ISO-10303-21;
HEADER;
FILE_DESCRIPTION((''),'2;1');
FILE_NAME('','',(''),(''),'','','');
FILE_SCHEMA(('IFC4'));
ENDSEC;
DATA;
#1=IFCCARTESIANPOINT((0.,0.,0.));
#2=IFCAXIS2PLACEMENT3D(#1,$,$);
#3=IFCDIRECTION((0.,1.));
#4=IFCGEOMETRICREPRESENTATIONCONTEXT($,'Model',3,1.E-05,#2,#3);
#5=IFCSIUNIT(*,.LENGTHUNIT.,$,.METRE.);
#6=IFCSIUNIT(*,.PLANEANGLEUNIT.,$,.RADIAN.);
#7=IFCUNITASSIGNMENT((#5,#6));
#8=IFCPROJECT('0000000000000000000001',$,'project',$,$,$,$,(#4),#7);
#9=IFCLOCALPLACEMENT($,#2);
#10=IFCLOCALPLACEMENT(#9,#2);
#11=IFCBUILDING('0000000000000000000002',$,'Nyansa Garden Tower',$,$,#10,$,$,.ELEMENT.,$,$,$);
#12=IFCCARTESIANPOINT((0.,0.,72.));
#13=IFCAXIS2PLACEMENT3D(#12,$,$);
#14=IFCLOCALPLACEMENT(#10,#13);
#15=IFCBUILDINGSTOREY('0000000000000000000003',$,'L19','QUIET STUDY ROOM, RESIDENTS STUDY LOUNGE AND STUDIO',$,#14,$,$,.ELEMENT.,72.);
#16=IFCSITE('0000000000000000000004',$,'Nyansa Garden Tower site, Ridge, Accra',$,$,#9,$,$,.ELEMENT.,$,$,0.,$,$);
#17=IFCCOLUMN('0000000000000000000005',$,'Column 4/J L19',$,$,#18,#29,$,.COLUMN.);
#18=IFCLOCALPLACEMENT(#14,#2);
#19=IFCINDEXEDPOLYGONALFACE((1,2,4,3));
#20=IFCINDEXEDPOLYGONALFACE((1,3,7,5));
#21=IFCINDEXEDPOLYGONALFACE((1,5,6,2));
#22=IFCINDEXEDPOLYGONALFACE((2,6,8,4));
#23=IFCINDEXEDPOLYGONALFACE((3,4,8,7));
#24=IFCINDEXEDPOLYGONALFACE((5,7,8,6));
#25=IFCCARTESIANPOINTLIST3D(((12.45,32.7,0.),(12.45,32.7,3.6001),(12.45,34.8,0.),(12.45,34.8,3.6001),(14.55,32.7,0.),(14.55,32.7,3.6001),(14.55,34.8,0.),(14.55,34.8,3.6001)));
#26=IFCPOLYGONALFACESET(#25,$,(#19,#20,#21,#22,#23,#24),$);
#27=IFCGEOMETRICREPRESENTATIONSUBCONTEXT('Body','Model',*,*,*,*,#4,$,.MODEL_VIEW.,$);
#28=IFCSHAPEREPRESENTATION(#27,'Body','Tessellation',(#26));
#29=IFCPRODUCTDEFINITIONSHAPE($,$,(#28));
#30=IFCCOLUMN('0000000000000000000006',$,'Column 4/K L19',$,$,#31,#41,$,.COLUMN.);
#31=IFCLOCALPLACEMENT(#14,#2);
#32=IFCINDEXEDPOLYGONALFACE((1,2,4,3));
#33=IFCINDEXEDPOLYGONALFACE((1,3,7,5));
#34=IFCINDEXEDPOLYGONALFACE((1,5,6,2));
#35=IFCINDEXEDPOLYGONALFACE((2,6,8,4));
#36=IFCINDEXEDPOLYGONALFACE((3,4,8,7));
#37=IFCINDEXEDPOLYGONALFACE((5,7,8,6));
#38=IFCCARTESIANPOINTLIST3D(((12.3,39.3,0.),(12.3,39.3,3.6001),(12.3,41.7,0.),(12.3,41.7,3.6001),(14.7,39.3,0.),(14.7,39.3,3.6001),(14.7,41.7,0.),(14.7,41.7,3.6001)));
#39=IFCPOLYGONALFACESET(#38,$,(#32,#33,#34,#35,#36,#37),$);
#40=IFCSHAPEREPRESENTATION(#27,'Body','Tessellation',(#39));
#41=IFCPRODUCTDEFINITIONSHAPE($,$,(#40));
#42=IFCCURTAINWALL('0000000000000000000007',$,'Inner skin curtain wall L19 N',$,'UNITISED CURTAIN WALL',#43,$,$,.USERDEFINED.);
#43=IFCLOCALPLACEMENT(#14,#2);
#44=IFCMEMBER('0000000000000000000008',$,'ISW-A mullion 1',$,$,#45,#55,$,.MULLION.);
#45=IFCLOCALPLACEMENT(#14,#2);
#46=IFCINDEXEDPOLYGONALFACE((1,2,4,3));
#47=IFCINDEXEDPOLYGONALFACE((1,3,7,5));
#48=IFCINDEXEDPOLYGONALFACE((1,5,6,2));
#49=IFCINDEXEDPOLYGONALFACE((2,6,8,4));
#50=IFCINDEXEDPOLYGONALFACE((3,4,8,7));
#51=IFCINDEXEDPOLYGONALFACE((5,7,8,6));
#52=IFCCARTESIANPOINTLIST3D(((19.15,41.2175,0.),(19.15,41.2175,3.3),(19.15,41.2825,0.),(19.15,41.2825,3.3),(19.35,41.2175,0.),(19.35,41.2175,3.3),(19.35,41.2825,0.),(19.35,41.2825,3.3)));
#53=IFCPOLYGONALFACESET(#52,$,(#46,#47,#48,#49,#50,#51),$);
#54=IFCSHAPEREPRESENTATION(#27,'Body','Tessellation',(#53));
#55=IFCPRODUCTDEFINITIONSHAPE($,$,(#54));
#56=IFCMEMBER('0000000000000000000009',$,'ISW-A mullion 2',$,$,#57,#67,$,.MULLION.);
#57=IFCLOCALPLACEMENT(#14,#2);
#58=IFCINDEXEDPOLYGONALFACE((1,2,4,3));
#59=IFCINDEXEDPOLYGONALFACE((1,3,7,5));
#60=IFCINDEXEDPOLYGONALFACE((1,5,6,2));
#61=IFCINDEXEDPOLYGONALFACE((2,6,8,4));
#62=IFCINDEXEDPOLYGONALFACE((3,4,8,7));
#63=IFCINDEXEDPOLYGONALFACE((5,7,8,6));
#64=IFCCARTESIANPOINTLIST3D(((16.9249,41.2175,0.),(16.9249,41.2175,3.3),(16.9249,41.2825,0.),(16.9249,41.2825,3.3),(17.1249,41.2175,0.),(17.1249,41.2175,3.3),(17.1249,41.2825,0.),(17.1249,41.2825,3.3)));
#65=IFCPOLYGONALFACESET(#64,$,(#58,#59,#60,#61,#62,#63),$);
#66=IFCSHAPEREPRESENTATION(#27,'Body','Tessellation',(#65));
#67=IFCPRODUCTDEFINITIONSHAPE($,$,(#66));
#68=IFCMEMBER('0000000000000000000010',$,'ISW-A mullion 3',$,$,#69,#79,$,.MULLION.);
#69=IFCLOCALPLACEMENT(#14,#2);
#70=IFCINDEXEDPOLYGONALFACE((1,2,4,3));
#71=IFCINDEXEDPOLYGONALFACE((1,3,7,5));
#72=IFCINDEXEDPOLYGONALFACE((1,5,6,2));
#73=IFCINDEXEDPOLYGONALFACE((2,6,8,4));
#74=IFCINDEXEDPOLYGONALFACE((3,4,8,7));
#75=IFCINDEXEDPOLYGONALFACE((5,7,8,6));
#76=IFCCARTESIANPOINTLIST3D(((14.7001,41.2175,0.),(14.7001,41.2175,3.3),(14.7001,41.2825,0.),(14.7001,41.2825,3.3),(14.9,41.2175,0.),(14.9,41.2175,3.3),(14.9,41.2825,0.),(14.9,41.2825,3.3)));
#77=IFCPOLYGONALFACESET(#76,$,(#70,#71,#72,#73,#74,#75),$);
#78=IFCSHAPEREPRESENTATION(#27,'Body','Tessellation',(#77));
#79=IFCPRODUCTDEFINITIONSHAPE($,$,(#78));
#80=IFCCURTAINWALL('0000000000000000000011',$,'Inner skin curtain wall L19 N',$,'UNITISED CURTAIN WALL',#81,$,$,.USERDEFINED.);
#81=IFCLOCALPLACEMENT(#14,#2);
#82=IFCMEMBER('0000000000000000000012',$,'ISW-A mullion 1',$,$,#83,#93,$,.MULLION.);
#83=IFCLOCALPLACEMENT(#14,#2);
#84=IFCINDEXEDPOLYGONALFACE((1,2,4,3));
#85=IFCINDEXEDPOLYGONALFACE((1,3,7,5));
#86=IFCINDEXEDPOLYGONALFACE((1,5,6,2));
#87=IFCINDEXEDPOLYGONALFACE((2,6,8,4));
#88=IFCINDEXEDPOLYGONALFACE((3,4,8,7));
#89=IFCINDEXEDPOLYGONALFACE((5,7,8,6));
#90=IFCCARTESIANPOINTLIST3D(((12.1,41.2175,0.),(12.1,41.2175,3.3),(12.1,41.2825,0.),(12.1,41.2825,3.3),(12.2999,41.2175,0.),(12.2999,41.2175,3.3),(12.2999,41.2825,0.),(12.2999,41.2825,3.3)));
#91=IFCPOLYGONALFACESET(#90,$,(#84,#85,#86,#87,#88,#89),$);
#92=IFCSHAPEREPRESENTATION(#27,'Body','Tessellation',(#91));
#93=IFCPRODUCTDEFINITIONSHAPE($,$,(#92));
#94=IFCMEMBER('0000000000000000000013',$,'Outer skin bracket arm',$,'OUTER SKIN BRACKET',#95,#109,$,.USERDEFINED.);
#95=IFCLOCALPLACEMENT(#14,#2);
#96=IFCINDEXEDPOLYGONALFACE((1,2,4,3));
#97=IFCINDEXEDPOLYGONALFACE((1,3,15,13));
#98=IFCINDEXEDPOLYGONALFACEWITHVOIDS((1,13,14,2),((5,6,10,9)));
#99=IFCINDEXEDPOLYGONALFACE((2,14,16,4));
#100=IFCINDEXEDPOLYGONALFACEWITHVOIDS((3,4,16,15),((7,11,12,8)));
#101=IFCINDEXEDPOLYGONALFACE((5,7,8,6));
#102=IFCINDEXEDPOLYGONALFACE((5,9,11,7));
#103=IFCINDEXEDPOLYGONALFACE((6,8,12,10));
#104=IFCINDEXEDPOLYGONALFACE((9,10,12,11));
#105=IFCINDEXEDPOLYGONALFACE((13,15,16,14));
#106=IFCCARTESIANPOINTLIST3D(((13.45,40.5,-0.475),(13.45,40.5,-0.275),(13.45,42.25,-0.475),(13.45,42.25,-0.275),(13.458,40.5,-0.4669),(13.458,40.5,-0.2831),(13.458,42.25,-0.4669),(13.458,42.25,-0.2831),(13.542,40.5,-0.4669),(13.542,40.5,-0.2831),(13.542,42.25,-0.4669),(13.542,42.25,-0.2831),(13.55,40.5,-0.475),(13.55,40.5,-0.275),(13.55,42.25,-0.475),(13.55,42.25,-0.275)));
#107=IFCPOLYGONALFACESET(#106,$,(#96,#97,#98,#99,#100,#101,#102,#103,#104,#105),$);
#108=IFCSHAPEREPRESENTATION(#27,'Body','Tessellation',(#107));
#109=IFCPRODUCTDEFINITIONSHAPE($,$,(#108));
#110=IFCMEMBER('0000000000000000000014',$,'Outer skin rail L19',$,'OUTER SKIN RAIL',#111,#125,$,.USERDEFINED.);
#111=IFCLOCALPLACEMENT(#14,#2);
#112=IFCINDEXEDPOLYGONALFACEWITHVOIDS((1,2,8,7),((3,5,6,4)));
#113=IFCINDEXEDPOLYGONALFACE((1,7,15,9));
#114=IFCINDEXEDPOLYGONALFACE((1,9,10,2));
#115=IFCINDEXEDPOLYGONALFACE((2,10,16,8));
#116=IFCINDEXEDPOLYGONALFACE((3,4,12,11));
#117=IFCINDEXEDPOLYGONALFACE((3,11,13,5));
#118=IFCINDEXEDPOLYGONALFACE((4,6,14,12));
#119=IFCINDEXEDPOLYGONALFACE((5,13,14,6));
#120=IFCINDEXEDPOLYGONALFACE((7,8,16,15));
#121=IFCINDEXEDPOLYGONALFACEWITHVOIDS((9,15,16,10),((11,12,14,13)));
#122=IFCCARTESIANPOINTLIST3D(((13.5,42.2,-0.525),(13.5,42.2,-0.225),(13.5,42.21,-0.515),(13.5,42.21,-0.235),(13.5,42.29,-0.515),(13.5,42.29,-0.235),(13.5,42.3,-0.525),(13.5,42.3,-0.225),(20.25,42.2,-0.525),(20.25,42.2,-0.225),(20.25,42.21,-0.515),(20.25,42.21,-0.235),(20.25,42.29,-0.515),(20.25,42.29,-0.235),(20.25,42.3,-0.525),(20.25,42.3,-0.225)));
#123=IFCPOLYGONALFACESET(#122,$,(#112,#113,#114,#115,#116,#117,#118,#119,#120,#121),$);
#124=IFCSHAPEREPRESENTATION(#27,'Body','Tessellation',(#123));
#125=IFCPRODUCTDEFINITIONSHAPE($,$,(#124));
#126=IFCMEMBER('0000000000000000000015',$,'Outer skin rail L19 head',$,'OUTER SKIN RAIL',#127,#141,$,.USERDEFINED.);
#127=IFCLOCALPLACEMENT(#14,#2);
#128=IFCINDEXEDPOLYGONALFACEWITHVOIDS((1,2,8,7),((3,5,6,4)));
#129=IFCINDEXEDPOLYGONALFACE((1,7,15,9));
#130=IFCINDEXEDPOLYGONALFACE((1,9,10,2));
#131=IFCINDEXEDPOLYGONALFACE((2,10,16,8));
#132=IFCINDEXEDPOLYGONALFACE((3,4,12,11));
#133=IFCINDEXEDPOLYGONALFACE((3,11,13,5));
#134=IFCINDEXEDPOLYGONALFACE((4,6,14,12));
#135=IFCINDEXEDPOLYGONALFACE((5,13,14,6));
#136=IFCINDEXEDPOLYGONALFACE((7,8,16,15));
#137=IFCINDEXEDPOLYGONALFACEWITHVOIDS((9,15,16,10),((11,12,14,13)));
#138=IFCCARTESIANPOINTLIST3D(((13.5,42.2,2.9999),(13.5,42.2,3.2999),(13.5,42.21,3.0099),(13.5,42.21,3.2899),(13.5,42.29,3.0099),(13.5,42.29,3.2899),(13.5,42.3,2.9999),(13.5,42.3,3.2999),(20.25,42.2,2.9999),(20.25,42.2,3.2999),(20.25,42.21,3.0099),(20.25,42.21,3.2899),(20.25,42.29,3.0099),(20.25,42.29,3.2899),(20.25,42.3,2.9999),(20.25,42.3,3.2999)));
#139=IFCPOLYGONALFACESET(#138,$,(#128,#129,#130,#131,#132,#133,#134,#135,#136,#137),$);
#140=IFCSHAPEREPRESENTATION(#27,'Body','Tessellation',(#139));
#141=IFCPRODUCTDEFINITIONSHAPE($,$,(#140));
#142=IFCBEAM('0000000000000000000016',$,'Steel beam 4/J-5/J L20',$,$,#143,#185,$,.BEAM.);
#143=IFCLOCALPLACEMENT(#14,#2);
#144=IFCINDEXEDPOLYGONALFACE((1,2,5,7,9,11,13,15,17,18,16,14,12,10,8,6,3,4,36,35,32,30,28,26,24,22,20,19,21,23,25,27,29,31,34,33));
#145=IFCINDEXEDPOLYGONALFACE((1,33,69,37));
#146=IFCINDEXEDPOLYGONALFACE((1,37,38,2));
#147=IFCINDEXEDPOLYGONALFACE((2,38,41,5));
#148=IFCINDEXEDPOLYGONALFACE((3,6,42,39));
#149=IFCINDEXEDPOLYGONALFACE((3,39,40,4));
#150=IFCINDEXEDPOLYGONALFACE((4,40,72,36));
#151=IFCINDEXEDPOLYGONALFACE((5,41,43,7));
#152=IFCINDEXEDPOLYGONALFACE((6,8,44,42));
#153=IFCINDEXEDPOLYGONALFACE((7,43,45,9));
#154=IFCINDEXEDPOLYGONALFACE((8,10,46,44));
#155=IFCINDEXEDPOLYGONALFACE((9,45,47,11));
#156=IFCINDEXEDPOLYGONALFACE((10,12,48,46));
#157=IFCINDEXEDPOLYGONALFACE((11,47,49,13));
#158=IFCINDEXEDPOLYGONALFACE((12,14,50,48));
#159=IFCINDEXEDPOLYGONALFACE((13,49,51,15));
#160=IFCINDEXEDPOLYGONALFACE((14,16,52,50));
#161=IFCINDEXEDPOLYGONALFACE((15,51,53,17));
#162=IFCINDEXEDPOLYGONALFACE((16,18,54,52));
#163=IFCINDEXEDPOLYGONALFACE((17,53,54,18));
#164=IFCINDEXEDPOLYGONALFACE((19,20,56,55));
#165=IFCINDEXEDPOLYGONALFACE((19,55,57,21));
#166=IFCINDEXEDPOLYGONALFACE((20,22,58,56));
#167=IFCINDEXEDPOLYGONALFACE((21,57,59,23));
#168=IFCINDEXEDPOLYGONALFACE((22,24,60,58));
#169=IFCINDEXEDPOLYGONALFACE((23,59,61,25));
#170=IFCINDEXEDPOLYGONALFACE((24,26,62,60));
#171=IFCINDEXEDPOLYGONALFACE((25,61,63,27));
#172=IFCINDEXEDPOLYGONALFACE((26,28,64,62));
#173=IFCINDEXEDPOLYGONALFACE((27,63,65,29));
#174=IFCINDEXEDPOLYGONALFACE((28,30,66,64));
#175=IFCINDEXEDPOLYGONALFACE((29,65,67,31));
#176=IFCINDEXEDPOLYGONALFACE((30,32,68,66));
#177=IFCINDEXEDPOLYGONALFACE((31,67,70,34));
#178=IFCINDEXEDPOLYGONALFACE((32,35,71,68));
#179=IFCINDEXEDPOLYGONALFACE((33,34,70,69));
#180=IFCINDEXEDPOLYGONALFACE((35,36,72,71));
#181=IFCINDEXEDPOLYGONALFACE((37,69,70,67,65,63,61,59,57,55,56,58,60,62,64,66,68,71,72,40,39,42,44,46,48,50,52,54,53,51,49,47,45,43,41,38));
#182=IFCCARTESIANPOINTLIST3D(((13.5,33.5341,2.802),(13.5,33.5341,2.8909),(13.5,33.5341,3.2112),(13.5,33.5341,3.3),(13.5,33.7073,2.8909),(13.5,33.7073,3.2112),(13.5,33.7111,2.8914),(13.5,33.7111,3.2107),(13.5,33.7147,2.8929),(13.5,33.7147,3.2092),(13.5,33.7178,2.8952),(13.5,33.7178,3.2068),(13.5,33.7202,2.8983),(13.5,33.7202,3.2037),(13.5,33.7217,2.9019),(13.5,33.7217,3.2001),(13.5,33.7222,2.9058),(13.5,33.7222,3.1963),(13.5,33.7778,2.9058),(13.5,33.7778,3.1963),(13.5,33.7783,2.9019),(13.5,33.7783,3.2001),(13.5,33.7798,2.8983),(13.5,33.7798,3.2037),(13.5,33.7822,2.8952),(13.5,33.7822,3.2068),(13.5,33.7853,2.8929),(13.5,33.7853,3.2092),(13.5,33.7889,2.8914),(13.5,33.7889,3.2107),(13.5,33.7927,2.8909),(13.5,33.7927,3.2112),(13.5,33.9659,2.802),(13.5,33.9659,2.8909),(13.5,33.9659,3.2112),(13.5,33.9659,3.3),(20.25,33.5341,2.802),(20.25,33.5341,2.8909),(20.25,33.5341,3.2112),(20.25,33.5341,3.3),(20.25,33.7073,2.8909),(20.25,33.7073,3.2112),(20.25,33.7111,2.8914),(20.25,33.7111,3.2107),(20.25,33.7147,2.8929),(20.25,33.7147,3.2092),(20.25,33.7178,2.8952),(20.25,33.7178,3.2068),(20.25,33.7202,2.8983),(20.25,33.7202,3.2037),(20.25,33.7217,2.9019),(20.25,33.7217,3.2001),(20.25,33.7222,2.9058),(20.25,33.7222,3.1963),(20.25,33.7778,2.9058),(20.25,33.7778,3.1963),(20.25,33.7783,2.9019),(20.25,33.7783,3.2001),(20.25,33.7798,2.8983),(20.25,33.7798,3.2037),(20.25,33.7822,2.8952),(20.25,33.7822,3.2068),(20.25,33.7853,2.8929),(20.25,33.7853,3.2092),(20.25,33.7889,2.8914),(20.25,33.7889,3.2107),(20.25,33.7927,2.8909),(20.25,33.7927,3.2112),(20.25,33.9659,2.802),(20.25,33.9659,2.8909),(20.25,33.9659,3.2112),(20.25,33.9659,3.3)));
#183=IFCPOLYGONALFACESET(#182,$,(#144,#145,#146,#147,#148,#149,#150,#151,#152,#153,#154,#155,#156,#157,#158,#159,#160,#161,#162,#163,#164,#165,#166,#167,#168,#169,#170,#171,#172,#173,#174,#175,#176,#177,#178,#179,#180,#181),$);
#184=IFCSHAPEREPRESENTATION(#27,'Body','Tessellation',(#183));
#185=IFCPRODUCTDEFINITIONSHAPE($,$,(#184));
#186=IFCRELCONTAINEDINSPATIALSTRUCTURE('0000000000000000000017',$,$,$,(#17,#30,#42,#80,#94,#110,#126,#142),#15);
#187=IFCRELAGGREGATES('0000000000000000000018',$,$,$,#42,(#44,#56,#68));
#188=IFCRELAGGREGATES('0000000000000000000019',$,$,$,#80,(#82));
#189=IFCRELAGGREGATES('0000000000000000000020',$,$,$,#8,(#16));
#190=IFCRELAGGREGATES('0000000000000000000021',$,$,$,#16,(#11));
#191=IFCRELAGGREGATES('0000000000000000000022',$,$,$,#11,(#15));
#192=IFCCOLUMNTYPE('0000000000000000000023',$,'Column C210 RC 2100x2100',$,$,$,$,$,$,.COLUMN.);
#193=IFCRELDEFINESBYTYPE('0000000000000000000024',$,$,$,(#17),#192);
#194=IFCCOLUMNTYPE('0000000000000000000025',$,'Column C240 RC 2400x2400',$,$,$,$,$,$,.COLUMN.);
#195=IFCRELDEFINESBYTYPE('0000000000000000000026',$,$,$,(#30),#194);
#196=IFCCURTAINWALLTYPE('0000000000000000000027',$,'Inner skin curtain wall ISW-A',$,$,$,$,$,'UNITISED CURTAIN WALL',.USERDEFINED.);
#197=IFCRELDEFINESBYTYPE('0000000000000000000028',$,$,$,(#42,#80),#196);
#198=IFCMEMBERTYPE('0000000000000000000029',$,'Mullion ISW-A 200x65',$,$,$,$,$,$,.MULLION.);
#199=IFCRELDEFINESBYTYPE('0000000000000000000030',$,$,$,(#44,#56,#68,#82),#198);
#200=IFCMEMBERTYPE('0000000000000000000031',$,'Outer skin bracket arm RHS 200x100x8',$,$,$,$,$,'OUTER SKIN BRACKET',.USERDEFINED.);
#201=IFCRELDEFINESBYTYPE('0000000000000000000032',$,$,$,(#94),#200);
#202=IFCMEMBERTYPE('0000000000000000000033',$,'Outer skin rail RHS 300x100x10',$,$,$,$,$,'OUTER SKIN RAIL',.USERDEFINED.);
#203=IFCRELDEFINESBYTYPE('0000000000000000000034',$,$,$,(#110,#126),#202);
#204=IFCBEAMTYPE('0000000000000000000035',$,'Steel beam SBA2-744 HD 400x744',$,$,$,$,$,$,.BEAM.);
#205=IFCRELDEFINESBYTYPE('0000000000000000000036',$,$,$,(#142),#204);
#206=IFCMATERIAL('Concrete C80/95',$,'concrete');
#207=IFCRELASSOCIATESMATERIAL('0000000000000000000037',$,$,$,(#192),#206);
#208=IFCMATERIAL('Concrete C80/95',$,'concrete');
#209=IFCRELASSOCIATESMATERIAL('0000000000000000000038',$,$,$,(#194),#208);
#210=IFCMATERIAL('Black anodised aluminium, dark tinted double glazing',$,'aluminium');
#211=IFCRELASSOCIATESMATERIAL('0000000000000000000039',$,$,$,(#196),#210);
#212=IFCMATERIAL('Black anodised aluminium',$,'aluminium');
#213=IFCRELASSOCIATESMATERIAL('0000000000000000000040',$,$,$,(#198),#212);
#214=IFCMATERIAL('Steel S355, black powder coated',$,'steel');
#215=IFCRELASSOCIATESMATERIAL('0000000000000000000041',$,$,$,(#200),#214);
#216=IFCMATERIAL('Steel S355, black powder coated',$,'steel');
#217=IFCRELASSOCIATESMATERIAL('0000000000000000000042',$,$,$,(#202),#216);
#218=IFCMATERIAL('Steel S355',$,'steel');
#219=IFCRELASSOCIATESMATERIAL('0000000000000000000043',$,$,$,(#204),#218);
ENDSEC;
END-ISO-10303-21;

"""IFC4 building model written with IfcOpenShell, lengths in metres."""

from ifc_helpers import new_model, si_unit, direction, frame, origin, origin_2d, place, context, subcontext, project, spatial, rectangle, hollow_rectangle, i_section, extrude, material, material_profile, profile_set, type_object, element, aggregate, save


model = new_model("IFC4")

# Units and contexts
model_context = context("Model", 3, precision=1e-05, world=origin(), true_north=direction((0.0, 1.0)))
body_context = subcontext(model_context, "Body", "Model", "MODEL_VIEW")
ifc_project = project(units=[si_unit("LENGTHUNIT", "METRE"), si_unit("PLANEANGLEUNIT", "RADIAN")], contexts=[model_context])

# Site, building, storey
site_placement = place(None, origin())
site = spatial("IfcSite", under=ifc_project, at=site_placement, Name="Nyansa Garden Tower site, Ridge, Accra", CompositionType="ELEMENT", RefElevation=0.0)
building_placement = place(site_placement, origin())
building = spatial("IfcBuilding", under=site, at=building_placement, Name="Nyansa Garden Tower", CompositionType="ELEMENT")
storey_placement = place(building_placement, frame((0.0, 0.0, 72.0)))
storey = spatial("IfcBuildingStorey", under=building, at=storey_placement, Name="L19", Description="QUIET STUDY ROOM, RESIDENTS STUDY LOUNGE AND STUDIO", CompositionType="ELEMENT", Elevation=72.0)

# Columns
ifc_material_1 = material(Name="Concrete C80/95", Category="concrete")
ifc_material_profile_1 = material_profile(ifc_material_1, rectangle(XDim=2.1001, YDim=2.1001, at=origin_2d()), Name="RC 2100x2100")
ifc_profile_set_1 = profile_set([ifc_material_profile_1], Name="Concrete C80/95")
column_type_1 = type_object("IfcColumnType", Name="Column C210 RC 2100x2100", PredefinedType="COLUMN", material=ifc_profile_set_1)
column_1_placement = place(storey_placement, frame((13.5, 33.75, 0.0), z_axis=(0.0, 0.0, 1.0), x_axis=(1.0, 0.0, 0.0)))
element("IfcColumn", 1, at=column_1_placement, inside=storey, type_object=column_type_1, Name="Column 4/J L19", PredefinedType="COLUMN", context=body_context, shape_type="SweptSolid", body=[
    extrude(rectangle(XDim=2.1001, YDim=2.1001, at=origin_2d()), origin(), (0.0, 0.0, 1.0), 3.6001),
])
ifc_material_2 = material(Name="Concrete C80/95", Category="concrete")
ifc_material_profile_2 = material_profile(ifc_material_2, rectangle(XDim=2.3999, YDim=2.3999, at=origin_2d()), Name="RC 2400x2400")
ifc_profile_set_2 = profile_set([ifc_material_profile_2], Name="Concrete C80/95")
column_type_2 = type_object("IfcColumnType", Name="Column C240 RC 2400x2400", PredefinedType="COLUMN", material=ifc_profile_set_2)
column_2_placement = place(storey_placement, frame((13.5, 40.5, 0.0), z_axis=(0.0, 0.0, 1.0), x_axis=(1.0, 0.0, 0.0)))
element("IfcColumn", 2, at=column_2_placement, inside=storey, type_object=column_type_2, Name="Column 4/K L19", PredefinedType="COLUMN", context=body_context, shape_type="SweptSolid", body=[
    extrude(rectangle(XDim=2.3999, YDim=2.3999, at=origin_2d()), origin(), (0.0, 0.0, 1.0), 3.6001),
])

# Curtain wall, members
ifc_material_3 = material(Name="Black anodised aluminium, dark tinted double glazing", Category="aluminium")
curtain_wall_type = type_object("IfcCurtainWallType", Name="Inner skin curtain wall ISW-A", ElementType="UNITISED CURTAIN WALL", PredefinedType="USERDEFINED", material=ifc_material_3)
curtain_wall_1_placement = place(storey_placement, origin())
curtain_wall_1 = element("IfcCurtainWall", 3, at=curtain_wall_1_placement, inside=storey, type_object=curtain_wall_type, Name="Inner skin curtain wall L19 N", ObjectType="UNITISED CURTAIN WALL", PredefinedType="USERDEFINED")
ifc_material_4 = material(Name="Black anodised aluminium", Category="aluminium")
ifc_material_profile_3 = material_profile(ifc_material_4, rectangle(XDim=0.0649, YDim=0.2, at=origin_2d()), Name="Mullion 200x65")
ifc_profile_set_3 = profile_set([ifc_material_profile_3], Name="Black anodised aluminium")
member_type_1 = type_object("IfcMemberType", Name="Mullion ISW-A 200x65", PredefinedType="MULLION", material=ifc_profile_set_3)
member_1_placement = place(storey_placement, frame((19.25, 41.25, 0.0), z_axis=(0.0, 0.0, 1.0), x_axis=(0.0, -1.0, 0.0)))
member_1 = element("IfcMember", 4, at=member_1_placement, type_object=member_type_1, Name="ISW-A mullion 1", PredefinedType="MULLION", context=body_context, shape_type="SweptSolid", body=[
    extrude(rectangle(XDim=0.0649, YDim=0.2, at=origin_2d()), origin(), (0.0, 0.0, 1.0), 3.3),
])
member_2_placement = place(storey_placement, frame((17.0249, 41.25, 0.0), z_axis=(0.0, 0.0, 1.0), x_axis=(0.0, -1.0, 0.0)))
member_2 = element("IfcMember", 5, at=member_2_placement, type_object=member_type_1, Name="ISW-A mullion 2", PredefinedType="MULLION", context=body_context, shape_type="SweptSolid", body=[
    extrude(rectangle(XDim=0.0649, YDim=0.2, at=origin_2d()), origin(), (0.0, 0.0, 1.0), 3.3),
])
member_3_placement = place(storey_placement, frame((14.8, 41.25, 0.0), z_axis=(0.0, 0.0, 1.0), x_axis=(0.0, -1.0, 0.0)))
member_3 = element("IfcMember", 6, at=member_3_placement, type_object=member_type_1, Name="ISW-A mullion 3", PredefinedType="MULLION", context=body_context, shape_type="SweptSolid", body=[
    extrude(rectangle(XDim=0.0649, YDim=0.2, at=origin_2d()), origin(), (0.0, 0.0, 1.0), 3.3),
])

# Curtain wall, member
curtain_wall_2_placement = place(storey_placement, origin())
curtain_wall_2 = element("IfcCurtainWall", 7, at=curtain_wall_2_placement, inside=storey, type_object=curtain_wall_type, Name="Inner skin curtain wall L19 N", ObjectType="UNITISED CURTAIN WALL", PredefinedType="USERDEFINED")
member_4_placement = place(storey_placement, frame((12.2, 41.25, 0.0), z_axis=(0.0, 0.0, 1.0), x_axis=(0.0, -1.0, 0.0)))
member_4 = element("IfcMember", 8, at=member_4_placement, type_object=member_type_1, Name="ISW-A mullion 1", PredefinedType="MULLION", context=body_context, shape_type="SweptSolid", body=[
    extrude(rectangle(XDim=0.0649, YDim=0.2, at=origin_2d()), origin(), (0.0, 0.0, 1.0), 3.3),
])

# Members
ifc_material_5 = material(Name="Steel S355, black powder coated", Category="steel")
ifc_material_profile_4 = material_profile(ifc_material_5, hollow_rectangle(XDim=0.1001, YDim=0.2, WallThickness=0.0081, at=origin_2d()), Name="RHS 200x100x8")
ifc_profile_set_4 = profile_set([ifc_material_profile_4], Name="Steel S355, black powder coated")
member_type_2 = type_object("IfcMemberType", Name="Outer skin bracket arm RHS 200x100x8", ElementType="OUTER SKIN BRACKET", PredefinedType="USERDEFINED", material=ifc_profile_set_4)
member_5_placement = place(storey_placement, frame((13.5, 40.5, -0.375), z_axis=(0.0, 1.0, 0.0), x_axis=(-1.0, 0.0, 0.0)))
element("IfcMember", 9, at=member_5_placement, inside=storey, type_object=member_type_2, Name="Outer skin bracket arm", ObjectType="OUTER SKIN BRACKET", PredefinedType="USERDEFINED", context=body_context, shape_type="SweptSolid", body=[
    extrude(hollow_rectangle(XDim=0.1001, YDim=0.2, WallThickness=0.0081, at=origin_2d()), origin(), (0.0, 0.0, 1.0), 1.75),
])
ifc_material_6 = material(Name="Steel S355, black powder coated", Category="steel")
ifc_material_profile_5 = material_profile(ifc_material_6, hollow_rectangle(XDim=0.1001, YDim=0.3, WallThickness=0.01, at=origin_2d()), Name="RHS 300x100x10")
ifc_profile_set_5 = profile_set([ifc_material_profile_5], Name="Steel S355, black powder coated")
member_type_3 = type_object("IfcMemberType", Name="Outer skin rail RHS 300x100x10", ElementType="OUTER SKIN RAIL", PredefinedType="USERDEFINED", material=ifc_profile_set_5)
for number, where, z_axis, x_axis, name in (
    (10, (13.5, 42.25, -0.375), (1.0, 0.0, 0.0), (0.0, 1.0, 0.0), "Outer skin rail L19"),
    (11, (13.5, 42.25, 3.1499), (1.0, 0.0, 0.0), (0.0, 1.0, 0.0), "Outer skin rail L19 head"),
):
    element("IfcMember", number, at=place(storey_placement, frame(where, z_axis=z_axis, x_axis=x_axis)), inside=storey, type_object=member_type_3, Name=name, ObjectType="OUTER SKIN RAIL", PredefinedType="USERDEFINED", context=body_context, shape_type="SweptSolid", body=[
        extrude(hollow_rectangle(XDim=0.1001, YDim=0.3, WallThickness=0.01, at=origin_2d()), origin(), (0.0, 0.0, 1.0), 6.75),
    ])

# Beam
ifc_material_7 = material(Name="Steel S355", Category="steel")
ifc_material_profile_6 = material_profile(ifc_material_7, i_section(OverallWidth=0.4319, OverallDepth=0.498, WebThickness=0.0557, FlangeThickness=0.0889, FilletRadius=0.0149, at=origin_2d()), Name="HD 400x744")
ifc_profile_set_6 = profile_set([ifc_material_profile_6], Name="Steel S355")
beam_type_1 = type_object("IfcBeamType", Name="Steel beam SBA2-744 HD 400x744", PredefinedType="BEAM", material=ifc_profile_set_6)
beam_1_placement = place(storey_placement, frame((13.5, 33.75, 3.051), z_axis=(1.0, 0.0, 0.0), x_axis=(0.0, 1.0, 0.0)))
element("IfcBeam", 12, at=beam_1_placement, inside=storey, type_object=beam_type_1, Name="Steel beam 4/J-5/J L20", PredefinedType="BEAM", context=body_context, shape_type="SweptSolid", body=[
    extrude(i_section(OverallWidth=0.4319, OverallDepth=0.498, WebThickness=0.0557, FlangeThickness=0.0889, FilletRadius=0.0149, at=origin_2d()), origin(), (0.0, 0.0, 1.0), 6.75),
])

aggregate(curtain_wall_1, [member_1, member_2, member_3])
aggregate(curtain_wall_2, [member_4])

save(model, "model.ifc")
